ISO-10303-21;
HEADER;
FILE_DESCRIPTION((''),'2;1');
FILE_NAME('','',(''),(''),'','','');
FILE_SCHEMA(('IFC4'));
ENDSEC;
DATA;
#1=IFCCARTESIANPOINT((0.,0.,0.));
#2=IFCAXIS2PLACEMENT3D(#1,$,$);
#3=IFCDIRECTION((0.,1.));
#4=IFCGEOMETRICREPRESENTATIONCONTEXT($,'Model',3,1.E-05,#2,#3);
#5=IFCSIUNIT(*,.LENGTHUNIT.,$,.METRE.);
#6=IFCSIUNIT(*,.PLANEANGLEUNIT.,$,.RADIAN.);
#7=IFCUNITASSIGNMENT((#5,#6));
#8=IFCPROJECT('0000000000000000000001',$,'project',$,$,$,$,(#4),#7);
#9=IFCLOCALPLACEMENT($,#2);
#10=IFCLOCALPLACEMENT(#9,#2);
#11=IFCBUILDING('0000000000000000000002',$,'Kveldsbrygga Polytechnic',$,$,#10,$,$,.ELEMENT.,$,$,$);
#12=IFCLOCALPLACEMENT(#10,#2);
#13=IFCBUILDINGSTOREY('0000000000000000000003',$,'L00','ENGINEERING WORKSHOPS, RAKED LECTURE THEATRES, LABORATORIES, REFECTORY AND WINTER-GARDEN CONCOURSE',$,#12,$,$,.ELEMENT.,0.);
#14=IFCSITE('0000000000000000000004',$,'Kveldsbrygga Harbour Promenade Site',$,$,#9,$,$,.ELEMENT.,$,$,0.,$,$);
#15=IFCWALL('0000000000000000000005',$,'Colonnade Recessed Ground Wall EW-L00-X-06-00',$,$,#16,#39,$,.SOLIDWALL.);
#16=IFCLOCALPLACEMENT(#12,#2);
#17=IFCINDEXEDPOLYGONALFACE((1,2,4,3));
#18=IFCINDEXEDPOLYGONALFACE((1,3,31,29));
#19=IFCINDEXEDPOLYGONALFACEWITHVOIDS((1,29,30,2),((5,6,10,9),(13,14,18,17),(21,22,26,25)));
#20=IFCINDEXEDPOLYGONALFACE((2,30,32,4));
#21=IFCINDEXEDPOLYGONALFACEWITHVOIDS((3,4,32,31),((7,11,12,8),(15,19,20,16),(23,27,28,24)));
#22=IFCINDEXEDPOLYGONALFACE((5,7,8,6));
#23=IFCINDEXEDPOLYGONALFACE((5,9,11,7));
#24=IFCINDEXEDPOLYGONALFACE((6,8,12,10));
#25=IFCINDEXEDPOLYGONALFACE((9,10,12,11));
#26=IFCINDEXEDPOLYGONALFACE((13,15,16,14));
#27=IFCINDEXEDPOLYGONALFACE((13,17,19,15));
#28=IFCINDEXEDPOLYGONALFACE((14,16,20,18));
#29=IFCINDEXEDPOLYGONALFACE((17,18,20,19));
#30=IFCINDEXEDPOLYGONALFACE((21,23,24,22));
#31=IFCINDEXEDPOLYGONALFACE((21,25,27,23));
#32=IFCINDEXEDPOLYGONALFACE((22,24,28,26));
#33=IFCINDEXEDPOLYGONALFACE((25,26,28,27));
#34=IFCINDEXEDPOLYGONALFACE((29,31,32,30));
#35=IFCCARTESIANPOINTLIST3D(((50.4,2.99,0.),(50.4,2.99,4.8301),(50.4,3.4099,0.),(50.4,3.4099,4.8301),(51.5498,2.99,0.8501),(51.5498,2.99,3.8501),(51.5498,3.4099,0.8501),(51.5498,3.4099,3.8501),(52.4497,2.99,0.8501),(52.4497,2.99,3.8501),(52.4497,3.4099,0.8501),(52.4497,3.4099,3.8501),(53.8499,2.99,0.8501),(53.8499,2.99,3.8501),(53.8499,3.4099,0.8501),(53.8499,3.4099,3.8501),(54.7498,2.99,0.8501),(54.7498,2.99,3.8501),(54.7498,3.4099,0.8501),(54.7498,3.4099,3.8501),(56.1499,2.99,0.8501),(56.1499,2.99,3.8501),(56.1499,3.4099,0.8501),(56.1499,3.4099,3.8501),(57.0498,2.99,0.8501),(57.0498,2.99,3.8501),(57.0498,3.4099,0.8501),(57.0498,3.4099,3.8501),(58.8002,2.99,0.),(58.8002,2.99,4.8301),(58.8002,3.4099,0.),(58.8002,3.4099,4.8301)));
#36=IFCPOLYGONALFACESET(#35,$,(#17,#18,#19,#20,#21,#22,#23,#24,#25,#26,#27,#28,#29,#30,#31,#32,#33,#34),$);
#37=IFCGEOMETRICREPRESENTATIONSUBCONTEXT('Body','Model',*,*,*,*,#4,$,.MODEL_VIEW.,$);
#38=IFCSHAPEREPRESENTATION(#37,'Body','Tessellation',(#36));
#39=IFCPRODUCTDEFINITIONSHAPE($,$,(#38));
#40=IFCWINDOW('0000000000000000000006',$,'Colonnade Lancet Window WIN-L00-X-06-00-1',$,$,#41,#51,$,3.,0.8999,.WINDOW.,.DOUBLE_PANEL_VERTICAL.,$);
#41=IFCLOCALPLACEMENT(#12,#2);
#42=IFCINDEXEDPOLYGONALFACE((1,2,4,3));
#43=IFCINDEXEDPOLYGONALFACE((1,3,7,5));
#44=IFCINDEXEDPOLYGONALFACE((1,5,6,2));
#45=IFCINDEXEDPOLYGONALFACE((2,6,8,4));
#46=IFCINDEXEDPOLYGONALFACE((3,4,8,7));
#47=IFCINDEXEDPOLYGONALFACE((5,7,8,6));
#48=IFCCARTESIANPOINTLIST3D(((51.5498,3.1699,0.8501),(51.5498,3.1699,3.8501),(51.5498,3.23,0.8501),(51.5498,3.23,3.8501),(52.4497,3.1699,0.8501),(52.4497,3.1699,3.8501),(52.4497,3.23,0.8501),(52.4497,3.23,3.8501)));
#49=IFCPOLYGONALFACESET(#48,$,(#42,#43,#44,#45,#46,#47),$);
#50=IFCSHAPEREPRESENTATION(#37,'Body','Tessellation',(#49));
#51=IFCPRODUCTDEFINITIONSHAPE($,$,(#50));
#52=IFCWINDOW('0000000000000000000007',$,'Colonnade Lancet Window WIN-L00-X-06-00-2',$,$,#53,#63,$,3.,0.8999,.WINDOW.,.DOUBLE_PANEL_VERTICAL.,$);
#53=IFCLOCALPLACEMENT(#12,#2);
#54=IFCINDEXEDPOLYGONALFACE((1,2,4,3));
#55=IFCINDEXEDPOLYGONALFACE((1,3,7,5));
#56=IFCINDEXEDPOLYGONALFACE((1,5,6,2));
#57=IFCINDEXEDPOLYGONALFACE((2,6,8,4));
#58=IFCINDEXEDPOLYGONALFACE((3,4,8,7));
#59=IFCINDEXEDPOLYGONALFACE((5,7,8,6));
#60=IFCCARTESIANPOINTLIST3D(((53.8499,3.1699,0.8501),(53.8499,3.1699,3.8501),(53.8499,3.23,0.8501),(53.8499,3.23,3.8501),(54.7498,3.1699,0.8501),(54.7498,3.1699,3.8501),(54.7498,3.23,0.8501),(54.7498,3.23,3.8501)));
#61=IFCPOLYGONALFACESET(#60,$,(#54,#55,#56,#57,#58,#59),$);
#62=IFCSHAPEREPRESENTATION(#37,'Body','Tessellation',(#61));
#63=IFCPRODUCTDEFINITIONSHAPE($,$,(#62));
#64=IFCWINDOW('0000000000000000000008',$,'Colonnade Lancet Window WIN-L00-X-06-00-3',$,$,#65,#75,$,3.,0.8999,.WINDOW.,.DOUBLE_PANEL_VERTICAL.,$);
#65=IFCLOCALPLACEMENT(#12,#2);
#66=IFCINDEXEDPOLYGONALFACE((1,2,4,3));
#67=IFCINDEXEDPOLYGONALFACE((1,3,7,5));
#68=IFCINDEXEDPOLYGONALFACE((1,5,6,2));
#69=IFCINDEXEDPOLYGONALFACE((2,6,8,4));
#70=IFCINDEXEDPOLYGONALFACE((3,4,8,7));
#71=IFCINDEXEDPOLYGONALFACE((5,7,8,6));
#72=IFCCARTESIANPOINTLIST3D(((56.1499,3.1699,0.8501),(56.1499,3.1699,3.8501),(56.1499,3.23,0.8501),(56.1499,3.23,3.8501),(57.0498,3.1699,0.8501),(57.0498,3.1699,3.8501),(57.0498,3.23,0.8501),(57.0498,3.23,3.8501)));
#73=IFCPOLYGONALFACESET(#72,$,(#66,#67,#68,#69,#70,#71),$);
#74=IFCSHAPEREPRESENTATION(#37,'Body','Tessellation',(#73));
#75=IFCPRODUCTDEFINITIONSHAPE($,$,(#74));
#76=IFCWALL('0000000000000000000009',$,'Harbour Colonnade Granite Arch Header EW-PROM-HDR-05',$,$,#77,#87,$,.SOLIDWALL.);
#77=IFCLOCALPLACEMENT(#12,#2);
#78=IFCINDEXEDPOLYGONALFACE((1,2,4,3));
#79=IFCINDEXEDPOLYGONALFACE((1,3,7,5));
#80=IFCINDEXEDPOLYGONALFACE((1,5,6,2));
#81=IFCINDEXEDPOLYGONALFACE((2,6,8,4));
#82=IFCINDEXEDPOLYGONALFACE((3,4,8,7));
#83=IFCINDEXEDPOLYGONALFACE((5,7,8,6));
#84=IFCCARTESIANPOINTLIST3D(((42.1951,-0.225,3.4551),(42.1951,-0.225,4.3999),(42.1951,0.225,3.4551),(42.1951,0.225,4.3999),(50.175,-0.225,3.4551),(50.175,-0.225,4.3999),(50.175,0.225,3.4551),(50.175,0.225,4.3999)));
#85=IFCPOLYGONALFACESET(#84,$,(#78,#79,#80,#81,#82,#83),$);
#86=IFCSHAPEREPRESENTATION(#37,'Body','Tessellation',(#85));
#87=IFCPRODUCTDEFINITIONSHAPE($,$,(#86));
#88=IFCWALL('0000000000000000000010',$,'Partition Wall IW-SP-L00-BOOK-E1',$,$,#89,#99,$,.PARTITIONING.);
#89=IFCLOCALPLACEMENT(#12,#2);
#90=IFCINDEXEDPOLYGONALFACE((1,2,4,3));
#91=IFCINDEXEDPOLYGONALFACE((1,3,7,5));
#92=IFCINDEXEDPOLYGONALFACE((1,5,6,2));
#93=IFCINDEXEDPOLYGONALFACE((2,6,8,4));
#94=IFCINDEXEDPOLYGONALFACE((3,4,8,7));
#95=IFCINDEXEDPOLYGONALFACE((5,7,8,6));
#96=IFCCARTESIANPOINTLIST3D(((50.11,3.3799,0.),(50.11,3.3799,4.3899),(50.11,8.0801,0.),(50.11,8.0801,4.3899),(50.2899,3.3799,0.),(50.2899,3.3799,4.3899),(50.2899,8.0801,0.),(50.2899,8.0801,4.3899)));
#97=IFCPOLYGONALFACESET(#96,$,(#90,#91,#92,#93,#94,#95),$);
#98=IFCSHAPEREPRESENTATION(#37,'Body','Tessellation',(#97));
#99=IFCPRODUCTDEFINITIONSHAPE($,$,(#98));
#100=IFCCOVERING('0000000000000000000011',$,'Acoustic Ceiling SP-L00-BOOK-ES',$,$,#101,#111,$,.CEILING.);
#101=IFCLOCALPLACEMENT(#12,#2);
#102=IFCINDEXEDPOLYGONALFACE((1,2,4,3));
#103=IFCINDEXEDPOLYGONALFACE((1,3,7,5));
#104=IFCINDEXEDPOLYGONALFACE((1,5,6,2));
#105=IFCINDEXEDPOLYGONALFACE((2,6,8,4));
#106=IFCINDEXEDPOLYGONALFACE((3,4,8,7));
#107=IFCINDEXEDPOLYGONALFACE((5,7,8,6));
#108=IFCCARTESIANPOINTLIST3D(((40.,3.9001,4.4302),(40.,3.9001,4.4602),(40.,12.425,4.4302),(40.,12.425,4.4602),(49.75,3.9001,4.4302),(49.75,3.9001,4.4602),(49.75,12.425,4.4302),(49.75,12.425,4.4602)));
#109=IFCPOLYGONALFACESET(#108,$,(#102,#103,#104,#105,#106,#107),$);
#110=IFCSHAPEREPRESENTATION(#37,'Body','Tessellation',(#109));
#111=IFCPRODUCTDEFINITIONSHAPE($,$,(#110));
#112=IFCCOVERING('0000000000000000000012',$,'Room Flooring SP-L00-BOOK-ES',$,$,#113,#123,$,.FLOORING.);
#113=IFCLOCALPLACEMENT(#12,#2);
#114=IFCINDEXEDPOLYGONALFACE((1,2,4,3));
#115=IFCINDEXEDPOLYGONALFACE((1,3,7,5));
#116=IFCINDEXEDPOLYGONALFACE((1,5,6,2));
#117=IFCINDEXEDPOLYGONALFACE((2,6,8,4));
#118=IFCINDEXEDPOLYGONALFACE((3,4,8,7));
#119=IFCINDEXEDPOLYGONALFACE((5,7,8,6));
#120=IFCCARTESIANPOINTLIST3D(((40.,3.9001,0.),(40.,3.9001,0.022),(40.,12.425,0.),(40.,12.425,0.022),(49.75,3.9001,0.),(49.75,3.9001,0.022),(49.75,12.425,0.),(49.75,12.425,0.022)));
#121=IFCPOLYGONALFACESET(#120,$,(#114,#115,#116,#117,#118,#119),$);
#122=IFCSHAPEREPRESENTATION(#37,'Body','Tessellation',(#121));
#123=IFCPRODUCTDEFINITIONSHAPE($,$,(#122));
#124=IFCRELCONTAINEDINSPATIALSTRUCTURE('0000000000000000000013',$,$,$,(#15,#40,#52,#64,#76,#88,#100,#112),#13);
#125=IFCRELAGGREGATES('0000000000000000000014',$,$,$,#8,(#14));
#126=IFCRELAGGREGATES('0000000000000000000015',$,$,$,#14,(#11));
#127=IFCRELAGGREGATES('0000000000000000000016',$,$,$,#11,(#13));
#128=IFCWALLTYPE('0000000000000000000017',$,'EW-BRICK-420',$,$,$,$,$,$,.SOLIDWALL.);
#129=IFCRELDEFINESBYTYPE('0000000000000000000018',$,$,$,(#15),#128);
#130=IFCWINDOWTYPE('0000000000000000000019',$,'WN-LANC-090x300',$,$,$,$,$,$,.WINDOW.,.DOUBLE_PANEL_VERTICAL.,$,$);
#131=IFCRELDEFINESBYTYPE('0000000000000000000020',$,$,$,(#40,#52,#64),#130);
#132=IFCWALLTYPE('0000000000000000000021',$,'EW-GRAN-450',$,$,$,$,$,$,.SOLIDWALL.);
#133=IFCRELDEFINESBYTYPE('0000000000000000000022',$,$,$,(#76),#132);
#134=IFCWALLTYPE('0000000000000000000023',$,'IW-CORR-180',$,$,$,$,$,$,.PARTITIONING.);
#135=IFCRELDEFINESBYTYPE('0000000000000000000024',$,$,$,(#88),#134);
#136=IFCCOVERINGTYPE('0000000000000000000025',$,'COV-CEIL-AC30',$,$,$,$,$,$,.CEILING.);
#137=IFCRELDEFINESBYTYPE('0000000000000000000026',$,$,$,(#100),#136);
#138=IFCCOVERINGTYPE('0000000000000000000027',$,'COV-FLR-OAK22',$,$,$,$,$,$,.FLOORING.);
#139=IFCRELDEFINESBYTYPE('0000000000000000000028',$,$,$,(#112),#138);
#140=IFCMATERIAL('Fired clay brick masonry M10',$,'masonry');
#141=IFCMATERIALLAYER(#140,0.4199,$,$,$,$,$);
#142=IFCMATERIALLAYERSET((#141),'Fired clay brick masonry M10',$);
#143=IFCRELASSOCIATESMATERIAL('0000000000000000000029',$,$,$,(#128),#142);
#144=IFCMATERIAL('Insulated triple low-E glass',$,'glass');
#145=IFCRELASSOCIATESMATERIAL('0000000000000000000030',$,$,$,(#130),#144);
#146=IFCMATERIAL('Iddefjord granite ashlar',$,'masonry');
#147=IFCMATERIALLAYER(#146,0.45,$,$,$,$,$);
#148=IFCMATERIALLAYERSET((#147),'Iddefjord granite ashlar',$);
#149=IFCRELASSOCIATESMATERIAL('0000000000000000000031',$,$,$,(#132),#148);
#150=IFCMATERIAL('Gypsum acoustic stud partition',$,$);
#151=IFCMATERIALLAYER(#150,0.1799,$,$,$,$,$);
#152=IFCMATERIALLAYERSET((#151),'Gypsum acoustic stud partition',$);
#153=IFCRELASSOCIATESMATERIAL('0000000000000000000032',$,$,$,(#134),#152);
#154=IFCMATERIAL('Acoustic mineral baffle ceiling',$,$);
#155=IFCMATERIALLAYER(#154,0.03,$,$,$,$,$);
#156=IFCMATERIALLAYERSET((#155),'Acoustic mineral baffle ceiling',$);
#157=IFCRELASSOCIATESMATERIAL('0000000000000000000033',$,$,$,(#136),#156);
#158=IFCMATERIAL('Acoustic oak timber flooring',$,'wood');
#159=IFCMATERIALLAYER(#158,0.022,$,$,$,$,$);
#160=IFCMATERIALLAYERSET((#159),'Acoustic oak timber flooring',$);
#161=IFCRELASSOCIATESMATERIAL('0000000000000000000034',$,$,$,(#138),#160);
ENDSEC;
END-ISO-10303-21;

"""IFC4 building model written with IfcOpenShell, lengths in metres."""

from ifc_helpers import new_model, si_unit, direction, frame, frame_2d, origin, origin_2d, place, context, subcontext, project, spatial, rectangle, extrude, material, layer, layer_set, type_object, element, fill, save


model = new_model("IFC4")

# Units and contexts
model_context = context("Model", 3, precision=1e-05, world=origin(), true_north=direction((0.0, 1.0)))
body_context = subcontext(model_context, "Body", "Model", "MODEL_VIEW")
ifc_project = project(units=[si_unit("LENGTHUNIT", "METRE"), si_unit("PLANEANGLEUNIT", "RADIAN")], contexts=[model_context])

# Site, building, storey
site_placement = place(None, origin())
site = spatial("IfcSite", under=ifc_project, at=site_placement, Name="Kveldsbrygga Harbour Promenade Site", CompositionType="ELEMENT", RefElevation=0.0)
building_placement = place(site_placement, origin())
building = spatial("IfcBuilding", under=site, at=building_placement, Name="Kveldsbrygga Polytechnic", CompositionType="ELEMENT")
storey_placement = place(building_placement, origin())
storey = spatial("IfcBuildingStorey", under=building, at=storey_placement, Name="L00", Description="ENGINEERING WORKSHOPS, RAKED LECTURE THEATRES, LABORATORIES, REFECTORY AND WINTER-GARDEN CONCOURSE", CompositionType="ELEMENT", Elevation=0.0)

# Wall, openings, windows
ifc_material_1 = material(Name="Fired clay brick masonry M10", Category="masonry")
ifc_layer_1 = layer(ifc_material_1, 0.4199)
ifc_layer_set_1 = layer_set([ifc_layer_1], Name="Fired clay brick masonry M10")
wall_type_1 = type_object("IfcWallType", Name="EW-BRICK-420", PredefinedType="SOLIDWALL", material=ifc_layer_set_1)
wall_1_placement = place(storey_placement, frame((50.3999, 3.2, 0.0), z_axis=(0.0, 0.0, 1.0), x_axis=(1.0, 0.0, 0.0)))
wall_1 = element("IfcWall", 1, at=wall_1_placement, inside=storey, type_object=wall_type_1, Name="Colonnade Recessed Ground Wall EW-L00-X-06-00", PredefinedType="SOLIDWALL", context=body_context, shape_type="SweptSolid", body=[
    extrude(rectangle(XDim=8.4001, YDim=0.4199, at=frame_2d((4.2002, 0.0))), origin(), (0.0, 0.0, 1.0), 4.8301),
])
opening_1_placement = place(wall_1_placement, frame((1.1499, 0.0, 0.8501)))
opening_1 = element("IfcOpeningElement", 2, at=opening_1_placement, cuts=wall_1, PredefinedType="OPENING", context=body_context, shape_type="SweptSolid", body=[
    extrude(rectangle(XDim=0.8999, YDim=3.0, at=frame_2d((0.45, 1.5))), frame((0.0, 0.22, 0.0), z_axis=(0.0, -1.0, 0.0), x_axis=(1.0, 0.0, 0.0)), (0.0, 0.0, 1.0), 0.4399),
])
opening_2_placement = place(wall_1_placement, frame((3.45, 0.0, 0.8501)))
opening_2 = element("IfcOpeningElement", 3, at=opening_2_placement, cuts=wall_1, PredefinedType="OPENING", context=body_context, shape_type="SweptSolid", body=[
    extrude(rectangle(XDim=0.8999, YDim=3.0, at=frame_2d((0.45, 1.5))), frame((0.0, 0.22, 0.0), z_axis=(0.0, -1.0, 0.0), x_axis=(1.0, 0.0, 0.0)), (0.0, 0.0, 1.0), 0.4399),
])
opening_3_placement = place(wall_1_placement, frame((5.75, 0.0, 0.8501)))
opening_3 = element("IfcOpeningElement", 4, at=opening_3_placement, cuts=wall_1, PredefinedType="OPENING", context=body_context, shape_type="SweptSolid", body=[
    extrude(rectangle(XDim=0.8999, YDim=3.0, at=frame_2d((0.45, 1.5))), frame((0.0, 0.22, 0.0), z_axis=(0.0, -1.0, 0.0), x_axis=(1.0, 0.0, 0.0)), (0.0, 0.0, 1.0), 0.4399),
])
ifc_material_2 = material(Name="Insulated triple low-E glass", Category="glass")
window_type = type_object("IfcWindowType", Name="WN-LANC-090x300", PartitioningType="DOUBLE_PANEL_VERTICAL", PredefinedType="WINDOW", material=ifc_material_2)
window_1_placement = place(opening_1_placement, origin())
window_1 = element("IfcWindow", 5, at=window_1_placement, inside=storey, type_object=window_type, Name="Colonnade Lancet Window WIN-L00-X-06-00-1", OverallHeight=3.0, OverallWidth=0.8999, PartitioningType="DOUBLE_PANEL_VERTICAL", PredefinedType="WINDOW", context=body_context, shape_type="SweptSolid", body=[
    extrude(rectangle(XDim=0.8999, YDim=3.0, at=frame_2d((0.45, 1.5))), frame((0.0, 0.03, 0.0), z_axis=(0.0, -1.0, 0.0), x_axis=(1.0, 0.0, 0.0)), (0.0, 0.0, 1.0), 0.0601),
])
fill(opening_1, window_1)
window_2_placement = place(opening_2_placement, origin())
window_2 = element("IfcWindow", 6, at=window_2_placement, inside=storey, type_object=window_type, Name="Colonnade Lancet Window WIN-L00-X-06-00-2", OverallHeight=3.0, OverallWidth=0.8999, PartitioningType="DOUBLE_PANEL_VERTICAL", PredefinedType="WINDOW", context=body_context, shape_type="SweptSolid", body=[
    extrude(rectangle(XDim=0.8999, YDim=3.0, at=frame_2d((0.45, 1.5))), frame((0.0, 0.03, 0.0), z_axis=(0.0, -1.0, 0.0), x_axis=(1.0, 0.0, 0.0)), (0.0, 0.0, 1.0), 0.0601),
])
fill(opening_2, window_2)
window_3_placement = place(opening_3_placement, origin())
window_3 = element("IfcWindow", 7, at=window_3_placement, inside=storey, type_object=window_type, Name="Colonnade Lancet Window WIN-L00-X-06-00-3", OverallHeight=3.0, OverallWidth=0.8999, PartitioningType="DOUBLE_PANEL_VERTICAL", PredefinedType="WINDOW", context=body_context, shape_type="SweptSolid", body=[
    extrude(rectangle(XDim=0.8999, YDim=3.0, at=frame_2d((0.45, 1.5))), frame((0.0, 0.03, 0.0), z_axis=(0.0, -1.0, 0.0), x_axis=(1.0, 0.0, 0.0)), (0.0, 0.0, 1.0), 0.0601),
])
fill(opening_3, window_3)

# Walls
ifc_material_3 = material(Name="Iddefjord granite ashlar", Category="masonry")
ifc_layer_2 = layer(ifc_material_3, 0.45)
ifc_layer_set_2 = layer_set([ifc_layer_2], Name="Iddefjord granite ashlar")
wall_type_2 = type_object("IfcWallType", Name="EW-GRAN-450", PredefinedType="SOLIDWALL", material=ifc_layer_set_2)
wall_2_placement = place(storey_placement, frame((42.1951, 0.0, 3.4551), z_axis=(0.0, 0.0, 1.0), x_axis=(1.0, 0.0, 0.0)))
element("IfcWall", 8, at=wall_2_placement, inside=storey, type_object=wall_type_2, Name="Harbour Colonnade Granite Arch Header EW-PROM-HDR-05", PredefinedType="SOLIDWALL", context=body_context, shape_type="SweptSolid", body=[
    extrude(rectangle(XDim=7.98, YDim=0.45, at=frame_2d((3.99, 0.0))), origin(), (0.0, 0.0, 1.0), 0.9448),
])
ifc_material_4 = material(Name="Gypsum acoustic stud partition")
ifc_layer_3 = layer(ifc_material_4, 0.1799)
ifc_layer_set_3 = layer_set([ifc_layer_3], Name="Gypsum acoustic stud partition")
wall_type_3 = type_object("IfcWallType", Name="IW-CORR-180", PredefinedType="PARTITIONING", material=ifc_layer_set_3)
wall_3_placement = place(storey_placement, frame((50.2, 3.3799, 0.0), z_axis=(0.0, 0.0, 1.0), x_axis=(0.0, 1.0, 0.0)))
element("IfcWall", 9, at=wall_3_placement, inside=storey, type_object=wall_type_3, Name="Partition Wall IW-SP-L00-BOOK-E1", PredefinedType="PARTITIONING", context=body_context, shape_type="SweptSolid", body=[
    extrude(rectangle(XDim=4.7002, YDim=0.1799, at=frame_2d((2.3501, 0.0))), origin(), (0.0, 0.0, 1.0), 4.3899),
])

# Coverings
ifc_material_5 = material(Name="Acoustic mineral baffle ceiling")
ifc_layer_4 = layer(ifc_material_5, 0.03)
ifc_layer_set_4 = layer_set([ifc_layer_4], Name="Acoustic mineral baffle ceiling")
covering_type_1 = type_object("IfcCoveringType", Name="COV-CEIL-AC30", PredefinedType="CEILING", material=ifc_layer_set_4)
covering_1_placement = place(storey_placement, frame((44.875, 8.1626, 4.4302), z_axis=(0.0, 0.0, 1.0), x_axis=(1.0, 0.0, 0.0)))
element("IfcCovering", 10, at=covering_1_placement, inside=storey, type_object=covering_type_1, Name="Acoustic Ceiling SP-L00-BOOK-ES", PredefinedType="CEILING", context=body_context, shape_type="SweptSolid", body=[
    extrude(rectangle(XDim=9.75, YDim=8.5249, at=origin_2d()), origin(), (0.0, 0.0, 1.0), 0.03),
])
ifc_material_6 = material(Name="Acoustic oak timber flooring", Category="wood")
ifc_layer_5 = layer(ifc_material_6, 0.022)
ifc_layer_set_5 = layer_set([ifc_layer_5], Name="Acoustic oak timber flooring")
covering_type_2 = type_object("IfcCoveringType", Name="COV-FLR-OAK22", PredefinedType="FLOORING", material=ifc_layer_set_5)
covering_2_placement = place(storey_placement, frame((44.875, 8.1626, 0.0), z_axis=(0.0, 0.0, 1.0), x_axis=(1.0, 0.0, 0.0)))
element("IfcCovering", 11, at=covering_2_placement, inside=storey, type_object=covering_type_2, Name="Room Flooring SP-L00-BOOK-ES", PredefinedType="FLOORING", context=body_context, shape_type="SweptSolid", body=[
    extrude(rectangle(XDim=9.75, YDim=8.5249, at=origin_2d()), origin(), (0.0, 0.0, 1.0), 0.022),
])

save(model, "model.ifc")
